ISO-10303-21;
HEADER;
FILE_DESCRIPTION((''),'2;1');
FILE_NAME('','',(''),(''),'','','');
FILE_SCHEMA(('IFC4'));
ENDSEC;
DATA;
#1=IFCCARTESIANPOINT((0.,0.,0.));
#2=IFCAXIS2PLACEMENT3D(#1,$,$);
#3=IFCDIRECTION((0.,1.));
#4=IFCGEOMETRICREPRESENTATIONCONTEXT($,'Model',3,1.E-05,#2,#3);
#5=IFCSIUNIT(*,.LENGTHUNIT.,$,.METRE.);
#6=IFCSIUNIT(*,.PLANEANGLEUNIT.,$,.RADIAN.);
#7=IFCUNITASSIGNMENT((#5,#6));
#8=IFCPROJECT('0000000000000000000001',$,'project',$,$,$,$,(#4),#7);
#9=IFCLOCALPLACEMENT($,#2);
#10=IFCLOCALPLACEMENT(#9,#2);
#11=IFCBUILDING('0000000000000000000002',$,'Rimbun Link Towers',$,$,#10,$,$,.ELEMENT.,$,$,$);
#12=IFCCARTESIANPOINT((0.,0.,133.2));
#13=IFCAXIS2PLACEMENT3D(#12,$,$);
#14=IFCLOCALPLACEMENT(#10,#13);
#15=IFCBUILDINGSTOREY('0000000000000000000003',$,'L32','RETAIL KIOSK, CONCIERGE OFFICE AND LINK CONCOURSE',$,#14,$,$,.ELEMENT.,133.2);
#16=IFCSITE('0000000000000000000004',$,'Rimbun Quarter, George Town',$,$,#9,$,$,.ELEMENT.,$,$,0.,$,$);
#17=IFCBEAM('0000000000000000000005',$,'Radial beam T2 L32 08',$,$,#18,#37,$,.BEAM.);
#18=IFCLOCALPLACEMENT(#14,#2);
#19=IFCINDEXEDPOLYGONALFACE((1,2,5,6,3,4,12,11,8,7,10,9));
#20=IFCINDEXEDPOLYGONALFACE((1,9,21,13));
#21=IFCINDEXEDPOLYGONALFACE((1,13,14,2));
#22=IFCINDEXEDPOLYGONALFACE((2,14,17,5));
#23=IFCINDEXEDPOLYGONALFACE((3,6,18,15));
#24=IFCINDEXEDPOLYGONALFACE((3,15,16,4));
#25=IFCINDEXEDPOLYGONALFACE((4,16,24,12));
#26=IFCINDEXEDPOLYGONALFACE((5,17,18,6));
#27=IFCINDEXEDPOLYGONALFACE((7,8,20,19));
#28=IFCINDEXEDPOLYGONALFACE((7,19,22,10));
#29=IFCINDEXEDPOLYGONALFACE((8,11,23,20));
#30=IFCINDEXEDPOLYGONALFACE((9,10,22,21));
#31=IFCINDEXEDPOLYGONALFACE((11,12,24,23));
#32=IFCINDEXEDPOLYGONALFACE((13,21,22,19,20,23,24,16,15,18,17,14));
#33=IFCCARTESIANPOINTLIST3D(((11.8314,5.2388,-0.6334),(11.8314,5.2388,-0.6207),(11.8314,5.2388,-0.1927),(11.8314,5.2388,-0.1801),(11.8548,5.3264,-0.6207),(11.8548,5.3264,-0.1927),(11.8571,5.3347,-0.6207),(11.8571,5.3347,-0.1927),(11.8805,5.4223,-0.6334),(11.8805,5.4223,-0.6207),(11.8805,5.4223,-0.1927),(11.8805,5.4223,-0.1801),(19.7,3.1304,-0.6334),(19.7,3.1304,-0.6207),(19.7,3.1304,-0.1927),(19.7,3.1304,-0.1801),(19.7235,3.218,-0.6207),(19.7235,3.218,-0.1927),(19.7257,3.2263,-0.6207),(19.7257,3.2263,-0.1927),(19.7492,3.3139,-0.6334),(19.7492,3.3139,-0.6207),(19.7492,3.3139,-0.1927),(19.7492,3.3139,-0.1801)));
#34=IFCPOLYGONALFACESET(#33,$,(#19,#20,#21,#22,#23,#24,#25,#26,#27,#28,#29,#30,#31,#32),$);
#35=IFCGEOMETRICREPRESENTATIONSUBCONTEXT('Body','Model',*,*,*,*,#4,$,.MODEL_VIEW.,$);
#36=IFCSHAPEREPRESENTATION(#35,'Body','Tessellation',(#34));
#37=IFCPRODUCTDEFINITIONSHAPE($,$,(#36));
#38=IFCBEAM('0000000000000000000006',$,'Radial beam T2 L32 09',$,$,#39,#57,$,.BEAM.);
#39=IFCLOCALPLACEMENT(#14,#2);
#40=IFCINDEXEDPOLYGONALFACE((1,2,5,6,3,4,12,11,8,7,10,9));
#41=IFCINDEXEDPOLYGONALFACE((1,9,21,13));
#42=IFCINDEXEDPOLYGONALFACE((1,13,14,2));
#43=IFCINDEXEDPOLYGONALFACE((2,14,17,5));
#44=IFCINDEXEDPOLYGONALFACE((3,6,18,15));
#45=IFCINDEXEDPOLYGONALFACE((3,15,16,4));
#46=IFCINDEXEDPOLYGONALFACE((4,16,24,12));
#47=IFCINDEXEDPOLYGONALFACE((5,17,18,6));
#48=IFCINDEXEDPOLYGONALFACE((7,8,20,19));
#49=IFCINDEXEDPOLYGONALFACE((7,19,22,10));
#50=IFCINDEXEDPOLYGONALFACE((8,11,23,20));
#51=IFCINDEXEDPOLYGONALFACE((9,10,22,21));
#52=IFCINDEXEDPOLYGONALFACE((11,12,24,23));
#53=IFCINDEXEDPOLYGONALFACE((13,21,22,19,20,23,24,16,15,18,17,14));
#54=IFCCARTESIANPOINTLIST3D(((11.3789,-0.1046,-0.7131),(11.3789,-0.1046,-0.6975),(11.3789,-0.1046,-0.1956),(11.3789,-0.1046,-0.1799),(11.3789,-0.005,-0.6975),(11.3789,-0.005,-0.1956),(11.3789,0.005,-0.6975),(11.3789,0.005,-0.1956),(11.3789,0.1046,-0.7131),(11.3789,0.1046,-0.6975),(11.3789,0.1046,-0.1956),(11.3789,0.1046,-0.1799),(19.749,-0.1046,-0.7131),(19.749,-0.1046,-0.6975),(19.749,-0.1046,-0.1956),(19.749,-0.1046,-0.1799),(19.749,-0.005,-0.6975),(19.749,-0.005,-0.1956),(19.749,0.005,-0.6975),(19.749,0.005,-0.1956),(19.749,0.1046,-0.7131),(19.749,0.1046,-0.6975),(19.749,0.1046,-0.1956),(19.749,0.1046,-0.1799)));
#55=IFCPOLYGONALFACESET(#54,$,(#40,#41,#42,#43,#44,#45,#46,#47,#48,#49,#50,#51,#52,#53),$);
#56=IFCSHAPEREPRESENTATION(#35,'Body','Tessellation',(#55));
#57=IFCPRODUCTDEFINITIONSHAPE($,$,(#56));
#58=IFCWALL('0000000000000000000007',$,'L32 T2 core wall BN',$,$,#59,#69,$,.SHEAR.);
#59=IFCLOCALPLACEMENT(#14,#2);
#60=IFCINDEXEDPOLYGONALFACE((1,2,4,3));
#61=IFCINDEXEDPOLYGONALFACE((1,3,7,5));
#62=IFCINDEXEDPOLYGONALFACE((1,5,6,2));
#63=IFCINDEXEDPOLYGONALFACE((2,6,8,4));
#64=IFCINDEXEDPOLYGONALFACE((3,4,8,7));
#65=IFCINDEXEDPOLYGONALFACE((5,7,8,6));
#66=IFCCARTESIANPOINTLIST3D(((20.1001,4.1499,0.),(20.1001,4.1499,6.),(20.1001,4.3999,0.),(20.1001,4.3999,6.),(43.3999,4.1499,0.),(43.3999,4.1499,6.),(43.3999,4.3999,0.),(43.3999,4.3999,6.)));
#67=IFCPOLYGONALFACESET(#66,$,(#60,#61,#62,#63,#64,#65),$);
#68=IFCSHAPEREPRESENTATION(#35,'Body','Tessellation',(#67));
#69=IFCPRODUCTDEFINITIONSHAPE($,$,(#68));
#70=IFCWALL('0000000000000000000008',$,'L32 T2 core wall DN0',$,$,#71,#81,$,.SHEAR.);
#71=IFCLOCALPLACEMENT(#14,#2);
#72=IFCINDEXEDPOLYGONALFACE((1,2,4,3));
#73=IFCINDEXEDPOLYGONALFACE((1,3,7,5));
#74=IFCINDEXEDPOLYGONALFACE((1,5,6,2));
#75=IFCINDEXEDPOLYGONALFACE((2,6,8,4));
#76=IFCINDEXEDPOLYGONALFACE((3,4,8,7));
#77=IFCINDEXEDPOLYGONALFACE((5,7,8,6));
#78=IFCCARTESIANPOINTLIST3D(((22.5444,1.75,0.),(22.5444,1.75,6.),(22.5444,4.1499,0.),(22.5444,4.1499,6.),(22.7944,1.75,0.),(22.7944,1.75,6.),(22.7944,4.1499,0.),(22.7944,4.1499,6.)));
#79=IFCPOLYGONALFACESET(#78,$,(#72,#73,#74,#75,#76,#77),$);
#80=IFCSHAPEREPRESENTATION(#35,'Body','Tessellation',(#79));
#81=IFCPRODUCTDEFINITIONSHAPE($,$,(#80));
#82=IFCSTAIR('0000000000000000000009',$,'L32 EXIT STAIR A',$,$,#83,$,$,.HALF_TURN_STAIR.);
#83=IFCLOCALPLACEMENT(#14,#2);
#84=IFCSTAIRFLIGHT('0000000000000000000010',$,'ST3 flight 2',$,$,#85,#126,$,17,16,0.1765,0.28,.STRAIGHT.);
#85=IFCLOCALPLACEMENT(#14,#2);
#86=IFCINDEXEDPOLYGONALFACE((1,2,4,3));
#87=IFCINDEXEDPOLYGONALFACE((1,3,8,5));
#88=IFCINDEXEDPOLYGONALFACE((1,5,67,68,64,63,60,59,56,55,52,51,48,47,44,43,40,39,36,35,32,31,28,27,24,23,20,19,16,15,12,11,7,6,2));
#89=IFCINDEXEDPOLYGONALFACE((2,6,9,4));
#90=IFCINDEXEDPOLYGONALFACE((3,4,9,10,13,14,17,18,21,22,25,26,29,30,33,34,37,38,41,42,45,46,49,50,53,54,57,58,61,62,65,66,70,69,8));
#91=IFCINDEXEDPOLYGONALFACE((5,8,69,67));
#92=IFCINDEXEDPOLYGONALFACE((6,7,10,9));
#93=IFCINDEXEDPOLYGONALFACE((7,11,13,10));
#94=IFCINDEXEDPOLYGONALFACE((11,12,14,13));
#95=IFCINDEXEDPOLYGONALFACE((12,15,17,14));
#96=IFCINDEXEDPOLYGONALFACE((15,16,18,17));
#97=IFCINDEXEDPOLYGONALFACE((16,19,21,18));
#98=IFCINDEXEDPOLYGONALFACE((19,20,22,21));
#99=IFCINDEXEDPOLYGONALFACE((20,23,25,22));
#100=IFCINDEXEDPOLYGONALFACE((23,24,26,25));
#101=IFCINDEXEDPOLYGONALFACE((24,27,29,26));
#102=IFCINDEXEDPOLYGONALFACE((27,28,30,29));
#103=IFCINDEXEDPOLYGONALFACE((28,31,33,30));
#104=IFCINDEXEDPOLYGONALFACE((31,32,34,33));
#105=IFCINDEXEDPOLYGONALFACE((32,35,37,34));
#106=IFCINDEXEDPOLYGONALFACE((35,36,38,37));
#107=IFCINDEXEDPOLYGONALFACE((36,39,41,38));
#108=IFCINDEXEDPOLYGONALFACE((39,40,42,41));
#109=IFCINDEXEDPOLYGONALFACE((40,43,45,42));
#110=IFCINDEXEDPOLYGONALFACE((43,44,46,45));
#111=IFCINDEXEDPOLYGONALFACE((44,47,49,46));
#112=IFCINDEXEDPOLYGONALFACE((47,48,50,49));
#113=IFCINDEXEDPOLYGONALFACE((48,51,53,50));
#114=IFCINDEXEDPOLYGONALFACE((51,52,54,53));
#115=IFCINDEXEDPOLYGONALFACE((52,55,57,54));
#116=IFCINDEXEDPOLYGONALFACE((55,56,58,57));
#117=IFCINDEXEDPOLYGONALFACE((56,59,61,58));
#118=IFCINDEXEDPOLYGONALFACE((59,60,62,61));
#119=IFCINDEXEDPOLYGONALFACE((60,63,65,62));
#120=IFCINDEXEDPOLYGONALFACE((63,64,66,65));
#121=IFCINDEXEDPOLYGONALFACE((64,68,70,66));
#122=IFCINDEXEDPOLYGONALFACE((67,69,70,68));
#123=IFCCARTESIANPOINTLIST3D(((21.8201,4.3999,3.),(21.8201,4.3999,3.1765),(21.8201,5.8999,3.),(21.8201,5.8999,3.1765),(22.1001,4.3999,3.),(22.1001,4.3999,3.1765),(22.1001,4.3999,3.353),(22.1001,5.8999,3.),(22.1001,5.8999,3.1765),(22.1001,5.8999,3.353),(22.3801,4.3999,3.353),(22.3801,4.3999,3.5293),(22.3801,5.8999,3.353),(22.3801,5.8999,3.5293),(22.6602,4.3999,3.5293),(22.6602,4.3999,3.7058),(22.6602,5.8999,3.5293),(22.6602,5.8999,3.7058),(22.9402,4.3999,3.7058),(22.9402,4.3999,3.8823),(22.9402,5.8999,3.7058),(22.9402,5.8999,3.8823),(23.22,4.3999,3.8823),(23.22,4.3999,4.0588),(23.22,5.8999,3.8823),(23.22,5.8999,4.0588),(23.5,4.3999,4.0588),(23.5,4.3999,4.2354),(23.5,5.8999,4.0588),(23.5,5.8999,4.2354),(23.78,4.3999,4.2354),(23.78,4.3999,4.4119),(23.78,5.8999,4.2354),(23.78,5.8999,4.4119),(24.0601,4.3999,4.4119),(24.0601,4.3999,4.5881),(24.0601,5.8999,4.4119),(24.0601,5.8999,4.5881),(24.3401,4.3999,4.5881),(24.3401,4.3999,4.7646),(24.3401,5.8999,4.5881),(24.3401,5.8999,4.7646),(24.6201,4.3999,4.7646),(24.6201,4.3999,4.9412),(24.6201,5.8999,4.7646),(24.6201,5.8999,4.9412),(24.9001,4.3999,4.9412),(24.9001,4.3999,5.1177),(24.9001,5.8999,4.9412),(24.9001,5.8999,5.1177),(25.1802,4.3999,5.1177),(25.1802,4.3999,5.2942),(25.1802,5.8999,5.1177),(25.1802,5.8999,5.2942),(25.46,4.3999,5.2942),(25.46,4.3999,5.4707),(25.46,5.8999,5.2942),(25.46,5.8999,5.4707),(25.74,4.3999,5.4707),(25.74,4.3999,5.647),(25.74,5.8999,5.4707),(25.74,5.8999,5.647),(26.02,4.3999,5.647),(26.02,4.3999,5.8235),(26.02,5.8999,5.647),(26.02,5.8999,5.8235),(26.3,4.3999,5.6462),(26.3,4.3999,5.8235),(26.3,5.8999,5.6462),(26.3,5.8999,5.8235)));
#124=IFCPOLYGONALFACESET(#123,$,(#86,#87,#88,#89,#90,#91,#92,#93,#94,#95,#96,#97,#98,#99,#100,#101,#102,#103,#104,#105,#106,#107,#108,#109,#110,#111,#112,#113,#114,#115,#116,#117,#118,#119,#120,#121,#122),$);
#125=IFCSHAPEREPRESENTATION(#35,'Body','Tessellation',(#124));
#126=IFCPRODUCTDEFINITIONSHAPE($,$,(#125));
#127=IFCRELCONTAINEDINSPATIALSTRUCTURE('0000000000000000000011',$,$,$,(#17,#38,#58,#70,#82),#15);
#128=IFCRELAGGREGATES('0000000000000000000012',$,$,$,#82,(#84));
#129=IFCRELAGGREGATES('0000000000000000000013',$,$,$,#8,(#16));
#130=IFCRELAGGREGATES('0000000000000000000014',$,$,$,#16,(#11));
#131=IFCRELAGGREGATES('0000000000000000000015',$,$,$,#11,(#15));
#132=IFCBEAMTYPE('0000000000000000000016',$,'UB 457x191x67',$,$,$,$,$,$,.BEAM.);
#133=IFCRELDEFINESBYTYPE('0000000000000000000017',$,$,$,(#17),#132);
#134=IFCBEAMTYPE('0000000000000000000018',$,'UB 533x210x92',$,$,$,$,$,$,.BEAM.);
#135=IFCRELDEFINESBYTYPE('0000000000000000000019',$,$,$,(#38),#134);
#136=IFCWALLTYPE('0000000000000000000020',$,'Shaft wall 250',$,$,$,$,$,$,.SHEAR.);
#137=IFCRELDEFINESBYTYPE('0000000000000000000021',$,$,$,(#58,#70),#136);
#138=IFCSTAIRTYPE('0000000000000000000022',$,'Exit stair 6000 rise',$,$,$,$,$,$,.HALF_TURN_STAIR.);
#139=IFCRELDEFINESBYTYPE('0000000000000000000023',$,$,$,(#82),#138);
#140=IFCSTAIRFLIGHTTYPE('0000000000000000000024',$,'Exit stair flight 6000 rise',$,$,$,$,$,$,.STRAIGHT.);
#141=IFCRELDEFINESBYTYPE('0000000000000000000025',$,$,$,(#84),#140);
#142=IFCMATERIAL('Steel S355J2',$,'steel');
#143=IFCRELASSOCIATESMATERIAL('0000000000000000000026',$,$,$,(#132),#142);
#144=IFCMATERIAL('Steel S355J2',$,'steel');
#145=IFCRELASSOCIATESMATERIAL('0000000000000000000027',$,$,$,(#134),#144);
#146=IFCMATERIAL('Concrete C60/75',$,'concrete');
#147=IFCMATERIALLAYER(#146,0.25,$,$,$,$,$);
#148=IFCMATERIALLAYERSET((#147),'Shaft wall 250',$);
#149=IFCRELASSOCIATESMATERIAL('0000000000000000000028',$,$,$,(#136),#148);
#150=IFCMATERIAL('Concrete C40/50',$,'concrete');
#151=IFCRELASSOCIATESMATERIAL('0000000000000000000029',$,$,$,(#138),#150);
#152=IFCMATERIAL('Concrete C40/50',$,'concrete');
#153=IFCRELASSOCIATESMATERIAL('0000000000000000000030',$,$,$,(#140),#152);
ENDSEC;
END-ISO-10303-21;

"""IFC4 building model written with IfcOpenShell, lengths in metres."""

from ifc_helpers import new_model, si_unit, direction, frame, frame_2d, origin, origin_2d, place, context, subcontext, project, spatial, polyline, rectangle, i_section, outline, extrude, material, layer, layer_set, material_profile, profile_set, type_object, element, aggregate, save


model = new_model("IFC4")

# Units and contexts
model_context = context("Model", 3, precision=1e-05, world=origin(), true_north=direction((0.0, 1.0)))
body_context = subcontext(model_context, "Body", "Model", "MODEL_VIEW")
ifc_project = project(units=[si_unit("LENGTHUNIT", "METRE"), si_unit("PLANEANGLEUNIT", "RADIAN")], contexts=[model_context])

# Site, building, storey
site_placement = place(None, origin())
site = spatial("IfcSite", under=ifc_project, at=site_placement, Name="Rimbun Quarter, George Town", CompositionType="ELEMENT", RefElevation=0.0)
building_placement = place(site_placement, origin())
building = spatial("IfcBuilding", under=site, at=building_placement, Name="Rimbun Link Towers", CompositionType="ELEMENT")
storey_placement = place(building_placement, frame((0.0, 0.0, 133.2)))
storey = spatial("IfcBuildingStorey", under=building, at=storey_placement, Name="L32", Description="RETAIL KIOSK, CONCIERGE OFFICE AND LINK CONCOURSE", CompositionType="ELEMENT", Elevation=133.2)

# Beams
ifc_material_1 = material(Name="Steel S355J2", Category="steel")
ifc_material_profile_1 = material_profile(ifc_material_1, i_section(OverallWidth=0.1899, OverallDepth=0.4534, WebThickness=0.0085, FlangeThickness=0.0127, at=origin_2d()), Name="UB 457x191x67")
ifc_profile_set_1 = profile_set([ifc_material_profile_1], Name="Steel S355J2")
beam_type_1 = type_object("IfcBeamType", Name="UB 457x191x67", PredefinedType="BEAM", material=ifc_profile_set_1)
beam_1_placement = place(storey_placement, frame((19.7246, 3.2222, -0.4067), z_axis=(-0.965926, 0.258819, 0.0), x_axis=(-0.258819, -0.965926, 0.0)))
element("IfcBeam", 1, at=beam_1_placement, inside=storey, type_object=beam_type_1, Name="Radial beam T2 L32 08", PredefinedType="BEAM", context=body_context, shape_type="SweptSolid", body=[
    extrude(i_section(OverallWidth=0.1899, OverallDepth=0.4534, WebThickness=0.0085, FlangeThickness=0.0127, at=origin_2d()), origin(), (0.0, 0.0, 1.0), 8.1462),
])
ifc_material_2 = material(Name="Steel S355J2", Category="steel")
ifc_material_profile_2 = material_profile(ifc_material_2, i_section(OverallWidth=0.2092, OverallDepth=0.5332, WebThickness=0.01, FlangeThickness=0.0156, at=origin_2d()), Name="UB 533x210x92")
ifc_profile_set_2 = profile_set([ifc_material_profile_2], Name="Steel S355J2")
beam_type_2 = type_object("IfcBeamType", Name="UB 533x210x92", PredefinedType="BEAM", material=ifc_profile_set_2)
beam_2_placement = place(storey_placement, frame((19.749, 0.0, -0.4465), z_axis=(-1.0, 0.0, 0.0), x_axis=(0.0, -1.0, 0.0)))
element("IfcBeam", 2, at=beam_2_placement, inside=storey, type_object=beam_type_2, Name="Radial beam T2 L32 09", PredefinedType="BEAM", context=body_context, shape_type="SweptSolid", body=[
    extrude(i_section(OverallWidth=0.2092, OverallDepth=0.5332, WebThickness=0.01, FlangeThickness=0.0156, at=origin_2d()), origin(), (0.0, 0.0, 1.0), 8.3701),
])

# Wall
ifc_material_3 = material(Name="Concrete C60/75", Category="concrete")
ifc_layer = layer(ifc_material_3, 0.25)
ifc_layer_set = layer_set([ifc_layer], Name="Shaft wall 250")
wall_type = type_object("IfcWallType", Name="Shaft wall 250", PredefinedType="SHEAR", material=ifc_layer_set)
wall_1_placement = place(storey_placement, frame((20.1001, 4.2749, 0.0), z_axis=(0.0, 0.0, 1.0), x_axis=(1.0, 0.0, 0.0)))
element("IfcWall", 3, at=wall_1_placement, inside=storey, type_object=wall_type, Name="L32 T2 core wall BN", PredefinedType="SHEAR", context=body_context, shape_type="SweptSolid", body=[
    extrude(rectangle(XDim=23.2998, YDim=0.25, at=frame_2d((11.6499, 0.0))), origin(), (0.0, 0.0, 1.0), 6.0),
])

# Wall
wall_2_placement = place(storey_placement, frame((22.6694, 1.75, 0.0), z_axis=(0.0, 0.0, 1.0), x_axis=(0.0, 1.0, 0.0)))
element("IfcWall", 4, at=wall_2_placement, inside=storey, type_object=wall_type, Name="L32 T2 core wall DN0", PredefinedType="SHEAR", context=body_context, shape_type="SweptSolid", body=[
    extrude(rectangle(XDim=2.3999, YDim=0.25, at=frame_2d((1.2, 0.0))), origin(), (0.0, 0.0, 1.0), 6.0),
])

# Stair, stair flight
ifc_material_4 = material(Name="Concrete C40/50", Category="concrete")
stair_type = type_object("IfcStairType", Name="Exit stair 6000 rise", PredefinedType="HALF_TURN_STAIR", material=ifc_material_4)
stair_placement = place(storey_placement, origin())
stair = element("IfcStair", 5, at=stair_placement, inside=storey, type_object=stair_type, Name="L32 EXIT STAIR A", PredefinedType="HALF_TURN_STAIR")
ifc_material_5 = material(Name="Concrete C40/50", Category="concrete")
stair_flight_type = type_object("IfcStairFlightType", Name="Exit stair flight 6000 rise", PredefinedType="STRAIGHT", material=ifc_material_5)
stair_flight_placement = place(storey_placement, frame((21.8201, 5.1499, 3.0), z_axis=(0.0, 0.0, 1.0), x_axis=(1.0, 0.0, 0.0)))
stair_flight = element("IfcStairFlight", 6, at=stair_flight_placement, type_object=stair_flight_type, Name="ST3 flight 2", NumberOfRisers=17, NumberOfTreads=16, PredefinedType="STRAIGHT", RiserHeight=0.1765, TreadLength=0.28, context=body_context, shape_type="SweptSolid", body=[
    extrude(outline(polyline([(0.0, 0.0), (0.0, 0.1765), (0.28, 0.1765), (0.28, 0.353), (0.5601, 0.353), (0.5601, 0.5293), (0.8401, 0.5293), (0.8401, 0.7058), (1.1201, 0.7058), (1.1201, 0.8823), (1.3999, 0.8823), (1.3999, 1.0588), (1.6799, 1.0588), (1.6799, 1.2354), (1.96, 1.2354), (1.96, 1.4119), (2.24, 1.4119), (2.24, 1.5881), (2.52, 1.5881), (2.52, 1.7646), (2.8, 1.7646), (2.8, 1.9412), (3.0801, 1.9412), (3.0801, 2.1177), (3.3601, 2.1177), (3.3601, 2.2942), (3.6399, 2.2942), (3.6399, 2.4707), (3.9199, 2.4707), (3.9199, 2.647), (4.2, 2.647), (4.2, 2.8235), (4.48, 2.8235), (4.48, 3.0), (4.48, 2.6462), (0.28, 0.0), (0.0, 0.0)])), frame((0.0, 0.75, 0.0), z_axis=(0.0, -1.0, 0.0), x_axis=(1.0, 0.0, 0.0)), (0.0, 0.0, 1.0), 1.5),
])
aggregate(stair, [stair_flight])

save(model, "model.ifc")
